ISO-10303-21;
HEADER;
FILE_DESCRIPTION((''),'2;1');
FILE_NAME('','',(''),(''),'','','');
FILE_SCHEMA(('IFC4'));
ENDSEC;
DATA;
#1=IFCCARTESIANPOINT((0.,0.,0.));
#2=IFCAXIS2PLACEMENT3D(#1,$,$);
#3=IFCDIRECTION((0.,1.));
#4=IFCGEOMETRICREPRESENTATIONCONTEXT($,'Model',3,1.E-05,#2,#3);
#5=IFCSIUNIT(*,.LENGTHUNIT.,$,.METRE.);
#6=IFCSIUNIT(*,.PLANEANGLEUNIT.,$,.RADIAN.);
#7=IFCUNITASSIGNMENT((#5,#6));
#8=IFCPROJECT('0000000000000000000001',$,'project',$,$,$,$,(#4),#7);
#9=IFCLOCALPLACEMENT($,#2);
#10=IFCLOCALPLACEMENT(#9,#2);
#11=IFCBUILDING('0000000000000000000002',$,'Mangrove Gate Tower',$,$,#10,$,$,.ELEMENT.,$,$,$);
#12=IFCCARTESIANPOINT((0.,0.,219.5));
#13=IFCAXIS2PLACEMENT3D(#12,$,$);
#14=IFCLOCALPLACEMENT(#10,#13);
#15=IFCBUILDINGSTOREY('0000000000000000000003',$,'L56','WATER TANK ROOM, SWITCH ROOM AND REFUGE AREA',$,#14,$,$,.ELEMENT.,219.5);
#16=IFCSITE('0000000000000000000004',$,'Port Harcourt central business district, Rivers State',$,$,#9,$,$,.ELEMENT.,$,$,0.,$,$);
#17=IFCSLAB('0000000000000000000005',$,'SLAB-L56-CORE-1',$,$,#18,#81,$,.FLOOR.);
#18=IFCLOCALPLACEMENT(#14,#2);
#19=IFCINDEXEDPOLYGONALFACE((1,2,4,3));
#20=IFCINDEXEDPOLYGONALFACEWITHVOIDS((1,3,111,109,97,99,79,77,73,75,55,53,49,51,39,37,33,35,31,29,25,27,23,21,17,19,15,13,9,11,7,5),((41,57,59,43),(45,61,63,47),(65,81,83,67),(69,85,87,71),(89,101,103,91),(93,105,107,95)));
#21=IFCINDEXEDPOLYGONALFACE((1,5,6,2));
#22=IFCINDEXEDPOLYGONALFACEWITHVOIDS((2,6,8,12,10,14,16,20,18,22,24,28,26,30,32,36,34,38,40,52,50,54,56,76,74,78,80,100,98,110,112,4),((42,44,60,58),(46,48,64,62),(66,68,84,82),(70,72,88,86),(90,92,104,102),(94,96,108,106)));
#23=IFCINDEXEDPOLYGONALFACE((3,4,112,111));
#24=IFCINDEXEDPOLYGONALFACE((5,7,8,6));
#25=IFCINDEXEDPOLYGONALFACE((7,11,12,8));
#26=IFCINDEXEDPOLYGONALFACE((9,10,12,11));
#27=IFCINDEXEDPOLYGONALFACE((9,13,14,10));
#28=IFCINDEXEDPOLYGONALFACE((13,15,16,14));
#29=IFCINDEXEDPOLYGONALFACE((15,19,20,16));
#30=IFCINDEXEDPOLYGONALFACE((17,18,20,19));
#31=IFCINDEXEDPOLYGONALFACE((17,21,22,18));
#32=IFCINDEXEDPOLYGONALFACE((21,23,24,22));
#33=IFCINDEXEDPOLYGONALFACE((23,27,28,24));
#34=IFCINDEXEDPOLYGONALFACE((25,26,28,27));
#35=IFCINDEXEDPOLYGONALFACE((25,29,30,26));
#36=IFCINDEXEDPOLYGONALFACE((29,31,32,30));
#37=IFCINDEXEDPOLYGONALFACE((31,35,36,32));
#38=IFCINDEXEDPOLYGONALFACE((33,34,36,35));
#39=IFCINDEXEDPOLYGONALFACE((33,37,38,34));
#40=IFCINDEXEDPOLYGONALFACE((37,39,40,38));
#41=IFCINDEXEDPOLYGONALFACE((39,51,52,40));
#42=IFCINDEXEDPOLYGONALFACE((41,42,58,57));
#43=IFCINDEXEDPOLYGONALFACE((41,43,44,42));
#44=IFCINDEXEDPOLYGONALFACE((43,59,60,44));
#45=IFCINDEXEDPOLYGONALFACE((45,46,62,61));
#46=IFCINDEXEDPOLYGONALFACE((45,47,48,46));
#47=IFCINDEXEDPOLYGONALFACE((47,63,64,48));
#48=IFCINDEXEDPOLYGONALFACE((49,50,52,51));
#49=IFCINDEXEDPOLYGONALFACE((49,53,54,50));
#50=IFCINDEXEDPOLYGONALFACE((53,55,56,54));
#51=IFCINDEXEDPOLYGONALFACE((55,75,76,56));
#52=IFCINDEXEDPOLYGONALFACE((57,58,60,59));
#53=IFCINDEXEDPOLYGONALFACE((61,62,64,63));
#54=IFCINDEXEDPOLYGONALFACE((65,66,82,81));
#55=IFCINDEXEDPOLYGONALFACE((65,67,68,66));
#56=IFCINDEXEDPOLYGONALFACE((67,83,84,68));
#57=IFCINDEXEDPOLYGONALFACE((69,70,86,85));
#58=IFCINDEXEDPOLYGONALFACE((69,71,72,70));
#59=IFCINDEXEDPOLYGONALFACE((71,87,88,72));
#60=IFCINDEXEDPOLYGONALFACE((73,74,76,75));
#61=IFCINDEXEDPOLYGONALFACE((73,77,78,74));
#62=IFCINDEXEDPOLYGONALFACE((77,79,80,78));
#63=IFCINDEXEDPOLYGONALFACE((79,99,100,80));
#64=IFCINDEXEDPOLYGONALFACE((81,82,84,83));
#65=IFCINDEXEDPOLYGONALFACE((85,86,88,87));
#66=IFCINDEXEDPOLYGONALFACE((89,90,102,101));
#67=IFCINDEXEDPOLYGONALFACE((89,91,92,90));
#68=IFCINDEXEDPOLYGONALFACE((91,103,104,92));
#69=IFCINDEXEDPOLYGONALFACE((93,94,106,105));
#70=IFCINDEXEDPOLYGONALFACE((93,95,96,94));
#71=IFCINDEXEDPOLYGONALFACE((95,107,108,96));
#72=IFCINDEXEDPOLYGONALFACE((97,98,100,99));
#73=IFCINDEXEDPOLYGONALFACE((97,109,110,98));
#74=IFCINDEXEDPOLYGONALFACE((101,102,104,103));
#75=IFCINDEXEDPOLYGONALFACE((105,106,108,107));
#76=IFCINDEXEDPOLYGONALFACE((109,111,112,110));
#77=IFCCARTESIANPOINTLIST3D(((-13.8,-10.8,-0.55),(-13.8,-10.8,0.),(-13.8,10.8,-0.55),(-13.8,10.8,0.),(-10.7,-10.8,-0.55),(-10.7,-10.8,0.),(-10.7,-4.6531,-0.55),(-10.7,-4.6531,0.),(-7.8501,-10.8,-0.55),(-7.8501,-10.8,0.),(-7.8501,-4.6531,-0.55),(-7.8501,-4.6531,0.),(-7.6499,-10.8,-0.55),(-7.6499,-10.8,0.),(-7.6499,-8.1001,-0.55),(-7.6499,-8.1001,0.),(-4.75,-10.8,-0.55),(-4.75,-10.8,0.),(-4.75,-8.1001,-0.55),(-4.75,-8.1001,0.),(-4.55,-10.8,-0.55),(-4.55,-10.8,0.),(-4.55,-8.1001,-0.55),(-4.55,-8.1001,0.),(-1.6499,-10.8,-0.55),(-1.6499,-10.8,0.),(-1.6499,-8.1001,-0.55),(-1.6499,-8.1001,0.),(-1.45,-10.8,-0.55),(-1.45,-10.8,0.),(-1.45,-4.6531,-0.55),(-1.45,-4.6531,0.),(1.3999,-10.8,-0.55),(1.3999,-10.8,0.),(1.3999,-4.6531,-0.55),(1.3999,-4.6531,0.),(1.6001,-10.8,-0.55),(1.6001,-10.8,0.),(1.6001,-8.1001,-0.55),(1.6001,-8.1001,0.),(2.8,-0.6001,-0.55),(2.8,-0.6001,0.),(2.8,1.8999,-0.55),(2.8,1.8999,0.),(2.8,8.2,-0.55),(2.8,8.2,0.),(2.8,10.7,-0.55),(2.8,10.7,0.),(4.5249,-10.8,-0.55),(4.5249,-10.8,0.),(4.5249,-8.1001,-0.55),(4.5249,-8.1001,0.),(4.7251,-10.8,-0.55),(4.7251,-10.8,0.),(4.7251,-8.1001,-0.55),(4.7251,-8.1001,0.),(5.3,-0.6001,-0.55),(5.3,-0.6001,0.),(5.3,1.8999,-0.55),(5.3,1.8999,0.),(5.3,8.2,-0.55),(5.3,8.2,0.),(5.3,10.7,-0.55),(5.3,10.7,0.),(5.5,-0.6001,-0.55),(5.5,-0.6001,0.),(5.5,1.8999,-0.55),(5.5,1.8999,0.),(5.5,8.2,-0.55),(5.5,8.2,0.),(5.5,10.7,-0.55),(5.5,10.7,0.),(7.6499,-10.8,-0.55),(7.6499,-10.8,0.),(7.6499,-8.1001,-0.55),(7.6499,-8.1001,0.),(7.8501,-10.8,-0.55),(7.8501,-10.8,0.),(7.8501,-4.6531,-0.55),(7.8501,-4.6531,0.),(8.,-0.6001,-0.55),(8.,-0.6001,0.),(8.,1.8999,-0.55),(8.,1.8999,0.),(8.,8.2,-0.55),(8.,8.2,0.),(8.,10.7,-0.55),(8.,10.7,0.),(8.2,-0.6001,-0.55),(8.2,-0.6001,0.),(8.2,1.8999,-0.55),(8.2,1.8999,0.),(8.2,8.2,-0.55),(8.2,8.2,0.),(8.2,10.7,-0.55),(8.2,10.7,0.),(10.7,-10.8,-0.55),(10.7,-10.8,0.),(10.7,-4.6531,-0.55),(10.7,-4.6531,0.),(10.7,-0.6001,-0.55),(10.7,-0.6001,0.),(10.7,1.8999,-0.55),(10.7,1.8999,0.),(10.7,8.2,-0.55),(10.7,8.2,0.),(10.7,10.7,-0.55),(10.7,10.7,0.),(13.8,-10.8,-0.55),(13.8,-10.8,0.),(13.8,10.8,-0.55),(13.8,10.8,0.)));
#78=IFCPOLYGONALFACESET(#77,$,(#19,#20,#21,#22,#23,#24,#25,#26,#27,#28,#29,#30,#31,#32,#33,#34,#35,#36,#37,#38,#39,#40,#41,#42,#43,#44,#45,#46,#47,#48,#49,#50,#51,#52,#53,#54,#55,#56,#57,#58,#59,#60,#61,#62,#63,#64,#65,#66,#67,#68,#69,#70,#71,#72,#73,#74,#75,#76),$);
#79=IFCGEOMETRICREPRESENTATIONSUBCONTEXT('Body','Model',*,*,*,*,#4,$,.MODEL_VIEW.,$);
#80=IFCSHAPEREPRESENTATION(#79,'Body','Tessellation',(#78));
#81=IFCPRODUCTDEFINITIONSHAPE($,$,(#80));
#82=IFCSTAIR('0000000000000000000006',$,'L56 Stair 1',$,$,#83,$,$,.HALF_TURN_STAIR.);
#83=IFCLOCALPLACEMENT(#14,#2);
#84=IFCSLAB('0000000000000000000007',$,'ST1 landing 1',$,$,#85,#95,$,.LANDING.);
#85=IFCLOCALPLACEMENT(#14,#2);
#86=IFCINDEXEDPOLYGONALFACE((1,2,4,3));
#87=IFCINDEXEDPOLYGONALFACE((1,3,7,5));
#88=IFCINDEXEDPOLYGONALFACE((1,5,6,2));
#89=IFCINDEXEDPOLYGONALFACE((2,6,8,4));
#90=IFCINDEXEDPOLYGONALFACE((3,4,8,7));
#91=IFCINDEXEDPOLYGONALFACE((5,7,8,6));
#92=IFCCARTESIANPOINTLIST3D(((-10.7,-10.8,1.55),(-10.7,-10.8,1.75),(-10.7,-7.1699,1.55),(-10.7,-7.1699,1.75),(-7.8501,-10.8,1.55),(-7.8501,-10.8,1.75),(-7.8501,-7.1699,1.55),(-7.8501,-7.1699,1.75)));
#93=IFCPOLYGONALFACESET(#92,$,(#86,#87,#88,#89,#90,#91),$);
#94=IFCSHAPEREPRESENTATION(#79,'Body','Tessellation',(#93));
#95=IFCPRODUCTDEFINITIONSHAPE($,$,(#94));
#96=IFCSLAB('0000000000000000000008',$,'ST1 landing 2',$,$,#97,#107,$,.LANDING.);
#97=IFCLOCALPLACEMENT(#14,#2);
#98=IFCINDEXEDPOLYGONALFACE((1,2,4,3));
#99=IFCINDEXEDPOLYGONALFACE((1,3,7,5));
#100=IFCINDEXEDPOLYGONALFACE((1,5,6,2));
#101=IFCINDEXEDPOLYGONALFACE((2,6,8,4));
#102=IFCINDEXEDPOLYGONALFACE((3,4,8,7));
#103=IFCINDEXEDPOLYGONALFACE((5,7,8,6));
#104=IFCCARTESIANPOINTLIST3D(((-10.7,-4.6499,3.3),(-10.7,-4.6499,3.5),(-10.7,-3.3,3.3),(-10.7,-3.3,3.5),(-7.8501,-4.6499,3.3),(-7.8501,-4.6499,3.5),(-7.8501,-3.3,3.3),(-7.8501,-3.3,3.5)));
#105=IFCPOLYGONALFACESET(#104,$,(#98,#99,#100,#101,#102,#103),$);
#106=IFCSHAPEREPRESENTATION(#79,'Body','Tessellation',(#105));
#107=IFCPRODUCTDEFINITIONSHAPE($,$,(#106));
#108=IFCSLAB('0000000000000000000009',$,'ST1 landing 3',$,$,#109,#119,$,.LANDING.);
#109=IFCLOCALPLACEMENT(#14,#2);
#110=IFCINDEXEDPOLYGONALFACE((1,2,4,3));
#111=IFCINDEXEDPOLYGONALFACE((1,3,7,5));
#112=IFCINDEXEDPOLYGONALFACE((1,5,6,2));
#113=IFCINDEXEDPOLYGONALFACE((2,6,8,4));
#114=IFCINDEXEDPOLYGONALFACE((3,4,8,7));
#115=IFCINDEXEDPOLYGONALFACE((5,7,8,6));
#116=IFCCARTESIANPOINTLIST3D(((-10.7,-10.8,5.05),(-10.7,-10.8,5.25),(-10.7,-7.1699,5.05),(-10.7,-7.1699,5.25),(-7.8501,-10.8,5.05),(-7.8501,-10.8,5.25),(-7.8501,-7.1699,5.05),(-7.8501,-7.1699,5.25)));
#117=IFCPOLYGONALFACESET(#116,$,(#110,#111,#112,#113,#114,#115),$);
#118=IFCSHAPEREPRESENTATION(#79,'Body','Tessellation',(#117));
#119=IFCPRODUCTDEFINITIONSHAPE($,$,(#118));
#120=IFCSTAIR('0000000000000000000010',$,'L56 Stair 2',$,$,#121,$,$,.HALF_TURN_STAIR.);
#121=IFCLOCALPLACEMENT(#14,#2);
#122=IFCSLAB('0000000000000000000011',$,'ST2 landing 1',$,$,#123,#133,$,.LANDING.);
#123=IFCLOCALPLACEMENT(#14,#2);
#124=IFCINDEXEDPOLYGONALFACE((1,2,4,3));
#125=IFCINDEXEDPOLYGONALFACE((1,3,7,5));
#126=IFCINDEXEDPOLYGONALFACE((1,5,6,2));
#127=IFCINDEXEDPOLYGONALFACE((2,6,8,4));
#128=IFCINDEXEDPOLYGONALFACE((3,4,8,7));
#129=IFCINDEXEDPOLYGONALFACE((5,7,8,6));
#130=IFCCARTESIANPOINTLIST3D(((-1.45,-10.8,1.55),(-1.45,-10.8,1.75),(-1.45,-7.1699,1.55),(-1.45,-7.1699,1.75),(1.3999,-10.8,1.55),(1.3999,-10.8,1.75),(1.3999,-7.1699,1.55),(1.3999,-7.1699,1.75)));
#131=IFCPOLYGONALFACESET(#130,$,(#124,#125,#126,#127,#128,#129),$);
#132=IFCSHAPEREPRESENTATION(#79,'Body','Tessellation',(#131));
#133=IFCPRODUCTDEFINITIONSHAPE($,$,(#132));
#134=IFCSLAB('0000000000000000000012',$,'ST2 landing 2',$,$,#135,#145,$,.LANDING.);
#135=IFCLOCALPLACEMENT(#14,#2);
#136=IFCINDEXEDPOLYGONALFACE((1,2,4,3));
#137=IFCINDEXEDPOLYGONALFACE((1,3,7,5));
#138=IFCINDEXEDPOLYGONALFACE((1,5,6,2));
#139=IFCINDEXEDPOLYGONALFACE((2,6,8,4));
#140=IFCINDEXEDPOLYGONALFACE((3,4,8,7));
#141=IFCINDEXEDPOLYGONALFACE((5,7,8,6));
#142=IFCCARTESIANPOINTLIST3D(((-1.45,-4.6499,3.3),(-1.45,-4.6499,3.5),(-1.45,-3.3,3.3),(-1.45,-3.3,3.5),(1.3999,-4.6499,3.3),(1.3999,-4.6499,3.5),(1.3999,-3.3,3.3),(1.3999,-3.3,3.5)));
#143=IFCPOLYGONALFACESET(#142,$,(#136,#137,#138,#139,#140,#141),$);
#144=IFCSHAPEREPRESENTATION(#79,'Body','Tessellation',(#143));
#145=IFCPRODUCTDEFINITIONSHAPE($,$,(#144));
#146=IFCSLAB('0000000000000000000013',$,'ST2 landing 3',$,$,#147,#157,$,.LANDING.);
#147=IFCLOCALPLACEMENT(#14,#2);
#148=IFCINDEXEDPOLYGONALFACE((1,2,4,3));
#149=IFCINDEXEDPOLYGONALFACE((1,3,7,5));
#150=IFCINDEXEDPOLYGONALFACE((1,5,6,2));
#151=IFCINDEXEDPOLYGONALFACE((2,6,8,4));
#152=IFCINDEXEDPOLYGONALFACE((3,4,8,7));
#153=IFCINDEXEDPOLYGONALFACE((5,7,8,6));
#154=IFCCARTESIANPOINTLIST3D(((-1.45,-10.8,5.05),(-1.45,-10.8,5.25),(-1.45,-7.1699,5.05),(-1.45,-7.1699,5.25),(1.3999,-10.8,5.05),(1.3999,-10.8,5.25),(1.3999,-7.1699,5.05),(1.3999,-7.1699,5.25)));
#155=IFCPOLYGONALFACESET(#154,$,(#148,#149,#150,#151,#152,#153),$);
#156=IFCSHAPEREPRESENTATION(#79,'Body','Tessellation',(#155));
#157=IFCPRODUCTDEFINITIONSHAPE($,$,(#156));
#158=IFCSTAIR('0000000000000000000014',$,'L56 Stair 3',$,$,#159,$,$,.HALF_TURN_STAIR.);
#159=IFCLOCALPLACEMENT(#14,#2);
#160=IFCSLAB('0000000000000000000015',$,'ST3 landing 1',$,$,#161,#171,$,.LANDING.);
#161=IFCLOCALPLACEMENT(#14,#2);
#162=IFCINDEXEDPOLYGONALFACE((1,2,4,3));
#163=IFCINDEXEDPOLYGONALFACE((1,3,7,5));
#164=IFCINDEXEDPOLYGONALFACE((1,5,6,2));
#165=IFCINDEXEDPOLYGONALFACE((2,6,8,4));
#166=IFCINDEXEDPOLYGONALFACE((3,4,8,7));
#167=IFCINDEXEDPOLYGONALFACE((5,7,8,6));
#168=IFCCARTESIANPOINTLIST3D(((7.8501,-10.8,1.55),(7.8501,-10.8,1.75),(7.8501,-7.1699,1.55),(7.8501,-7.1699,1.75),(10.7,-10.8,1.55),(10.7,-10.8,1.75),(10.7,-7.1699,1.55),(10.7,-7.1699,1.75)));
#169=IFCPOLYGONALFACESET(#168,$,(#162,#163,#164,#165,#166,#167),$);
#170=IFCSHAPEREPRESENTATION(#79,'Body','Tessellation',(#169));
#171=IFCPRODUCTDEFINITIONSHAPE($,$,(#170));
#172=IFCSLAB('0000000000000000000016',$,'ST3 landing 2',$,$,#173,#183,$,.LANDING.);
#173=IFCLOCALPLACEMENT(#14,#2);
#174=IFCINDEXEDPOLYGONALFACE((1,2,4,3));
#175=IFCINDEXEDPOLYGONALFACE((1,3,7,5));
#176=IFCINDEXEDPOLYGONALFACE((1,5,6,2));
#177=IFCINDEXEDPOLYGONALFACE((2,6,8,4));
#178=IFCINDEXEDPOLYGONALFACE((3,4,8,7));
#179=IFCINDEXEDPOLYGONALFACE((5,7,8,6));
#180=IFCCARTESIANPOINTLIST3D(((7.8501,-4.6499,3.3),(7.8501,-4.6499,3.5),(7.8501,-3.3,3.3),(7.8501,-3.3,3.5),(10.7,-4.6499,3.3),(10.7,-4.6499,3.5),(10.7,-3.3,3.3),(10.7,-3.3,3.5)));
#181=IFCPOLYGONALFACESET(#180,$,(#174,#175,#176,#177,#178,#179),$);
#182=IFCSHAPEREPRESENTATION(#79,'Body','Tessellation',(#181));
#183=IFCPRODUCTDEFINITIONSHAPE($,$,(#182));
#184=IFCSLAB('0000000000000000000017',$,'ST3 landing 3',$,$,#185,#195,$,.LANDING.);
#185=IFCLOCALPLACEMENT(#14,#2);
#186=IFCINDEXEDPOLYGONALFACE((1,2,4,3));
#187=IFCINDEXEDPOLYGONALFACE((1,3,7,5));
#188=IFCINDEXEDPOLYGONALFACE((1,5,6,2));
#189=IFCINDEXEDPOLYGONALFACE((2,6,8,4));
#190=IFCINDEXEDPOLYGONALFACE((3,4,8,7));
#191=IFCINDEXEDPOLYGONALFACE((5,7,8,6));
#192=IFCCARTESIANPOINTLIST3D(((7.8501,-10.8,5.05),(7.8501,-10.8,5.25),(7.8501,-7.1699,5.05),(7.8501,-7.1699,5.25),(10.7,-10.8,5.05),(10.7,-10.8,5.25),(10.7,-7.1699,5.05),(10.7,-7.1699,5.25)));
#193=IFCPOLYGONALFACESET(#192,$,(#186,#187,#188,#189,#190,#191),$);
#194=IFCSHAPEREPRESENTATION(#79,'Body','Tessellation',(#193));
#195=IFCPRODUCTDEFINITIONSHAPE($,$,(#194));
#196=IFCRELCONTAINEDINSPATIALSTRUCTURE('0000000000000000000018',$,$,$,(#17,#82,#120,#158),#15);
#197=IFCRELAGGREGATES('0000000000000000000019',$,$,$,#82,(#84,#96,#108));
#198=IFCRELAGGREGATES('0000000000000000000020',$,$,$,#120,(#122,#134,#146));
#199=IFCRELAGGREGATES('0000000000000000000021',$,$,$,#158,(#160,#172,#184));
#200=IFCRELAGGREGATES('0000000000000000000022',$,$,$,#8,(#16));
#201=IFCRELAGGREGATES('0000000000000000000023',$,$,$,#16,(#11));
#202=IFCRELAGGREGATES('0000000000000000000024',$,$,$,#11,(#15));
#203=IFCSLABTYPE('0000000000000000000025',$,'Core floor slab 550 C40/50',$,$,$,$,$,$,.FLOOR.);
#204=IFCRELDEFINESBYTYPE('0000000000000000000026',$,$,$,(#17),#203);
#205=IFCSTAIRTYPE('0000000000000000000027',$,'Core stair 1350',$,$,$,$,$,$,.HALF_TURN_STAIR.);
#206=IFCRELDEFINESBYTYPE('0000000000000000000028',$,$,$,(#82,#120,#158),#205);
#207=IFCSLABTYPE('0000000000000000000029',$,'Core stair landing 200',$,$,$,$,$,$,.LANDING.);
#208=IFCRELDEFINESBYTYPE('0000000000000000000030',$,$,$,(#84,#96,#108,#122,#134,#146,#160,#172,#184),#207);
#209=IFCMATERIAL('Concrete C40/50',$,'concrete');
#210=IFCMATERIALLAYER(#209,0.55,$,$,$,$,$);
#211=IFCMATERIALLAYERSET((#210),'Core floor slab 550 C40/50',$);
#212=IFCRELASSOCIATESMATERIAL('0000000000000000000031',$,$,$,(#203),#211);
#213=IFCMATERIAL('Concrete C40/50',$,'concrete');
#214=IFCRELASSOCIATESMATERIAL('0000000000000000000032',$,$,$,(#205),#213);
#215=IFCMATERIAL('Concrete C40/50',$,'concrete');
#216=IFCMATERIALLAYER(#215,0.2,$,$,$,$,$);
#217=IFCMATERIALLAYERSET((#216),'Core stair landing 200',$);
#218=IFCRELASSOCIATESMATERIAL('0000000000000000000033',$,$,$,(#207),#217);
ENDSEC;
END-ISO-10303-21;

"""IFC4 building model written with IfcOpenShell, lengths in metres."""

from ifc_helpers import new_model, si_unit, direction, frame, origin, place, context, subcontext, project, spatial, polyline, outline, extrude, material, layer, layer_set, type_object, element, aggregate, save


model = new_model("IFC4")

# Units and contexts
model_context = context("Model", 3, precision=1e-05, world=origin(), true_north=direction((0.0, 1.0)))
body_context = subcontext(model_context, "Body", "Model", "MODEL_VIEW")
ifc_project = project(units=[si_unit("LENGTHUNIT", "METRE"), si_unit("PLANEANGLEUNIT", "RADIAN")], contexts=[model_context])

# Site, building, storey
site_placement = place(None, origin())
site = spatial("IfcSite", under=ifc_project, at=site_placement, Name="Port Harcourt central business district, Rivers State", CompositionType="ELEMENT", RefElevation=0.0)
building_placement = place(site_placement, origin())
building = spatial("IfcBuilding", under=site, at=building_placement, Name="Mangrove Gate Tower", CompositionType="ELEMENT")
storey_placement = place(building_placement, frame((0.0, 0.0, 219.5)))
storey = spatial("IfcBuildingStorey", under=building, at=storey_placement, Name="L56", Description="WATER TANK ROOM, SWITCH ROOM AND REFUGE AREA", CompositionType="ELEMENT", Elevation=219.5)

# Slab
ifc_material_1 = material(Name="Concrete C40/50", Category="concrete")
ifc_layer_1 = layer(ifc_material_1, 0.55)
ifc_layer_set_1 = layer_set([ifc_layer_1], Name="Core floor slab 550 C40/50")
slab_type_1 = type_object("IfcSlabType", Name="Core floor slab 550 C40/50", PredefinedType="FLOOR", material=ifc_layer_set_1)
slab_1_placement = place(storey_placement, frame((0.0, 0.0, -0.55)))
element("IfcSlab", 1, at=slab_1_placement, inside=storey, type_object=slab_type_1, Name="SLAB-L56-CORE-1", PredefinedType="FLOOR", context=body_context, shape_type="SweptSolid", body=[
    extrude(outline(polyline([(-13.8, -10.8), (-13.8, 10.8), (13.8, 10.8), (13.8, -10.8), (10.7, -10.8), (10.7, -4.6531), (7.8501, -4.6531), (7.8501, -10.8), (7.6499, -10.8), (7.6499, -8.1001), (4.7251, -8.1001), (4.7251, -10.8), (4.5249, -10.8), (4.5249, -8.1001), (1.6001, -8.1001), (1.6001, -10.8), (1.3999, -10.8), (1.3999, -4.6531), (-1.45, -4.6531), (-1.45, -10.8), (-1.6499, -10.8), (-1.6499, -8.1001), (-4.55, -8.1001), (-4.55, -10.8), (-4.75, -10.8), (-4.75, -8.1001), (-7.6499, -8.1001), (-7.6499, -10.8), (-7.8501, -10.8), (-7.8501, -4.6531), (-10.7, -4.6531), (-10.7, -10.8), (-13.8, -10.8)]), holes=[polyline([(5.3, -0.6001), (5.3, 1.8999), (2.8, 1.8999), (2.8, -0.6001), (5.3, -0.6001)]), polyline([(5.3, 10.7), (2.8, 10.7), (2.8, 8.2), (5.3, 8.2), (5.3, 10.7)]), polyline([(8.0, -0.6001), (8.0, 1.8999), (5.5, 1.8999), (5.5, -0.6001), (8.0, -0.6001)]), polyline([(10.7, -0.6001), (10.7, 1.8999), (8.2, 1.8999), (8.2, -0.6001), (10.7, -0.6001)]), polyline([(8.0, 8.2), (8.0, 10.7), (5.5, 10.7), (5.5, 8.2), (8.0, 8.2)]), polyline([(10.7, 8.2), (10.7, 10.7), (8.2, 10.7), (8.2, 8.2), (10.7, 8.2)])]), origin(), (0.0, 0.0, 1.0), 0.55),
])

# Stairs, slabs
ifc_material_2 = material(Name="Concrete C40/50", Category="concrete")
stair_type = type_object("IfcStairType", Name="Core stair 1350", PredefinedType="HALF_TURN_STAIR", material=ifc_material_2)
stair_1_placement = place(storey_placement, origin())
stair_1 = element("IfcStair", 2, at=stair_1_placement, inside=storey, type_object=stair_type, Name="L56 Stair 1", PredefinedType="HALF_TURN_STAIR")
ifc_material_3 = material(Name="Concrete C40/50", Category="concrete")
ifc_layer_2 = layer(ifc_material_3, 0.2)
ifc_layer_set_2 = layer_set([ifc_layer_2], Name="Core stair landing 200")
slab_type_2 = type_object("IfcSlabType", Name="Core stair landing 200", PredefinedType="LANDING", material=ifc_layer_set_2)
slab_2_placement = place(storey_placement, frame((0.0, 0.0, 1.55)))
slab_2 = element("IfcSlab", 3, at=slab_2_placement, type_object=slab_type_2, Name="ST1 landing 1", PredefinedType="LANDING", context=body_context, shape_type="SweptSolid", body=[
    extrude(outline(polyline([(-10.7, -7.1699), (-10.7, -10.8), (-7.8501, -10.8), (-7.8501, -7.1699), (-10.7, -7.1699)])), origin(), (0.0, 0.0, 1.0), 0.2),
])
slab_3_placement = place(storey_placement, frame((0.0, 0.0, 3.3)))
slab_3 = element("IfcSlab", 4, at=slab_3_placement, type_object=slab_type_2, Name="ST1 landing 2", PredefinedType="LANDING", context=body_context, shape_type="SweptSolid", body=[
    extrude(outline(polyline([(-10.7, -3.3), (-10.7, -4.6499), (-7.8501, -4.6499), (-7.8501, -3.3), (-10.7, -3.3)])), origin(), (0.0, 0.0, 1.0), 0.2),
])
slab_4_placement = place(storey_placement, frame((0.0, 0.0, 5.05)))
slab_4 = element("IfcSlab", 5, at=slab_4_placement, type_object=slab_type_2, Name="ST1 landing 3", PredefinedType="LANDING", context=body_context, shape_type="SweptSolid", body=[
    extrude(outline(polyline([(-10.7, -7.1699), (-10.7, -10.8), (-7.8501, -10.8), (-7.8501, -7.1699), (-10.7, -7.1699)])), origin(), (0.0, 0.0, 1.0), 0.2),
])
aggregate(stair_1, [slab_2, slab_3, slab_4])
stair_2_placement = place(storey_placement, origin())
stair_2 = element("IfcStair", 6, at=stair_2_placement, inside=storey, type_object=stair_type, Name="L56 Stair 2", PredefinedType="HALF_TURN_STAIR")
slab_5_placement = place(storey_placement, frame((0.0, 0.0, 1.55)))
slab_5 = element("IfcSlab", 7, at=slab_5_placement, type_object=slab_type_2, Name="ST2 landing 1", PredefinedType="LANDING", context=body_context, shape_type="SweptSolid", body=[
    extrude(outline(polyline([(-1.45, -7.1699), (-1.45, -10.8), (1.3999, -10.8), (1.3999, -7.1699), (-1.45, -7.1699)])), origin(), (0.0, 0.0, 1.0), 0.2),
])
slab_6_placement = place(storey_placement, frame((0.0, 0.0, 3.3)))
slab_6 = element("IfcSlab", 8, at=slab_6_placement, type_object=slab_type_2, Name="ST2 landing 2", PredefinedType="LANDING", context=body_context, shape_type="SweptSolid", body=[
    extrude(outline(polyline([(-1.45, -3.3), (-1.45, -4.6499), (1.3999, -4.6499), (1.3999, -3.3), (-1.45, -3.3)])), origin(), (0.0, 0.0, 1.0), 0.2),
])
slab_7_placement = place(storey_placement, frame((0.0, 0.0, 5.05)))
slab_7 = element("IfcSlab", 9, at=slab_7_placement, type_object=slab_type_2, Name="ST2 landing 3", PredefinedType="LANDING", context=body_context, shape_type="SweptSolid", body=[
    extrude(outline(polyline([(-1.45, -7.1699), (-1.45, -10.8), (1.3999, -10.8), (1.3999, -7.1699), (-1.45, -7.1699)])), origin(), (0.0, 0.0, 1.0), 0.2),
])
aggregate(stair_2, [slab_5, slab_6, slab_7])
stair_3_placement = place(storey_placement, origin())
stair_3 = element("IfcStair", 10, at=stair_3_placement, inside=storey, type_object=stair_type, Name="L56 Stair 3", PredefinedType="HALF_TURN_STAIR")
slab_8_placement = place(storey_placement, frame((0.0, 0.0, 1.55)))
slab_8 = element("IfcSlab", 11, at=slab_8_placement, type_object=slab_type_2, Name="ST3 landing 1", PredefinedType="LANDING", context=body_context, shape_type="SweptSolid", body=[
    extrude(outline(polyline([(7.8501, -7.1699), (7.8501, -10.8), (10.7, -10.8), (10.7, -7.1699), (7.8501, -7.1699)])), origin(), (0.0, 0.0, 1.0), 0.2),
])
slab_9_placement = place(storey_placement, frame((0.0, 0.0, 3.3)))
slab_9 = element("IfcSlab", 12, at=slab_9_placement, type_object=slab_type_2, Name="ST3 landing 2", PredefinedType="LANDING", context=body_context, shape_type="SweptSolid", body=[
    extrude(outline(polyline([(7.8501, -3.3), (7.8501, -4.6499), (10.7, -4.6499), (10.7, -3.3), (7.8501, -3.3)])), origin(), (0.0, 0.0, 1.0), 0.2),
])
slab_10_placement = place(storey_placement, frame((0.0, 0.0, 5.05)))
slab_10 = element("IfcSlab", 13, at=slab_10_placement, type_object=slab_type_2, Name="ST3 landing 3", PredefinedType="LANDING", context=body_context, shape_type="SweptSolid", body=[
    extrude(outline(polyline([(7.8501, -7.1699), (7.8501, -10.8), (10.7, -10.8), (10.7, -7.1699), (7.8501, -7.1699)])), origin(), (0.0, 0.0, 1.0), 0.2),
])
aggregate(stair_3, [slab_8, slab_9, slab_10])

save(model, "model.ifc")
